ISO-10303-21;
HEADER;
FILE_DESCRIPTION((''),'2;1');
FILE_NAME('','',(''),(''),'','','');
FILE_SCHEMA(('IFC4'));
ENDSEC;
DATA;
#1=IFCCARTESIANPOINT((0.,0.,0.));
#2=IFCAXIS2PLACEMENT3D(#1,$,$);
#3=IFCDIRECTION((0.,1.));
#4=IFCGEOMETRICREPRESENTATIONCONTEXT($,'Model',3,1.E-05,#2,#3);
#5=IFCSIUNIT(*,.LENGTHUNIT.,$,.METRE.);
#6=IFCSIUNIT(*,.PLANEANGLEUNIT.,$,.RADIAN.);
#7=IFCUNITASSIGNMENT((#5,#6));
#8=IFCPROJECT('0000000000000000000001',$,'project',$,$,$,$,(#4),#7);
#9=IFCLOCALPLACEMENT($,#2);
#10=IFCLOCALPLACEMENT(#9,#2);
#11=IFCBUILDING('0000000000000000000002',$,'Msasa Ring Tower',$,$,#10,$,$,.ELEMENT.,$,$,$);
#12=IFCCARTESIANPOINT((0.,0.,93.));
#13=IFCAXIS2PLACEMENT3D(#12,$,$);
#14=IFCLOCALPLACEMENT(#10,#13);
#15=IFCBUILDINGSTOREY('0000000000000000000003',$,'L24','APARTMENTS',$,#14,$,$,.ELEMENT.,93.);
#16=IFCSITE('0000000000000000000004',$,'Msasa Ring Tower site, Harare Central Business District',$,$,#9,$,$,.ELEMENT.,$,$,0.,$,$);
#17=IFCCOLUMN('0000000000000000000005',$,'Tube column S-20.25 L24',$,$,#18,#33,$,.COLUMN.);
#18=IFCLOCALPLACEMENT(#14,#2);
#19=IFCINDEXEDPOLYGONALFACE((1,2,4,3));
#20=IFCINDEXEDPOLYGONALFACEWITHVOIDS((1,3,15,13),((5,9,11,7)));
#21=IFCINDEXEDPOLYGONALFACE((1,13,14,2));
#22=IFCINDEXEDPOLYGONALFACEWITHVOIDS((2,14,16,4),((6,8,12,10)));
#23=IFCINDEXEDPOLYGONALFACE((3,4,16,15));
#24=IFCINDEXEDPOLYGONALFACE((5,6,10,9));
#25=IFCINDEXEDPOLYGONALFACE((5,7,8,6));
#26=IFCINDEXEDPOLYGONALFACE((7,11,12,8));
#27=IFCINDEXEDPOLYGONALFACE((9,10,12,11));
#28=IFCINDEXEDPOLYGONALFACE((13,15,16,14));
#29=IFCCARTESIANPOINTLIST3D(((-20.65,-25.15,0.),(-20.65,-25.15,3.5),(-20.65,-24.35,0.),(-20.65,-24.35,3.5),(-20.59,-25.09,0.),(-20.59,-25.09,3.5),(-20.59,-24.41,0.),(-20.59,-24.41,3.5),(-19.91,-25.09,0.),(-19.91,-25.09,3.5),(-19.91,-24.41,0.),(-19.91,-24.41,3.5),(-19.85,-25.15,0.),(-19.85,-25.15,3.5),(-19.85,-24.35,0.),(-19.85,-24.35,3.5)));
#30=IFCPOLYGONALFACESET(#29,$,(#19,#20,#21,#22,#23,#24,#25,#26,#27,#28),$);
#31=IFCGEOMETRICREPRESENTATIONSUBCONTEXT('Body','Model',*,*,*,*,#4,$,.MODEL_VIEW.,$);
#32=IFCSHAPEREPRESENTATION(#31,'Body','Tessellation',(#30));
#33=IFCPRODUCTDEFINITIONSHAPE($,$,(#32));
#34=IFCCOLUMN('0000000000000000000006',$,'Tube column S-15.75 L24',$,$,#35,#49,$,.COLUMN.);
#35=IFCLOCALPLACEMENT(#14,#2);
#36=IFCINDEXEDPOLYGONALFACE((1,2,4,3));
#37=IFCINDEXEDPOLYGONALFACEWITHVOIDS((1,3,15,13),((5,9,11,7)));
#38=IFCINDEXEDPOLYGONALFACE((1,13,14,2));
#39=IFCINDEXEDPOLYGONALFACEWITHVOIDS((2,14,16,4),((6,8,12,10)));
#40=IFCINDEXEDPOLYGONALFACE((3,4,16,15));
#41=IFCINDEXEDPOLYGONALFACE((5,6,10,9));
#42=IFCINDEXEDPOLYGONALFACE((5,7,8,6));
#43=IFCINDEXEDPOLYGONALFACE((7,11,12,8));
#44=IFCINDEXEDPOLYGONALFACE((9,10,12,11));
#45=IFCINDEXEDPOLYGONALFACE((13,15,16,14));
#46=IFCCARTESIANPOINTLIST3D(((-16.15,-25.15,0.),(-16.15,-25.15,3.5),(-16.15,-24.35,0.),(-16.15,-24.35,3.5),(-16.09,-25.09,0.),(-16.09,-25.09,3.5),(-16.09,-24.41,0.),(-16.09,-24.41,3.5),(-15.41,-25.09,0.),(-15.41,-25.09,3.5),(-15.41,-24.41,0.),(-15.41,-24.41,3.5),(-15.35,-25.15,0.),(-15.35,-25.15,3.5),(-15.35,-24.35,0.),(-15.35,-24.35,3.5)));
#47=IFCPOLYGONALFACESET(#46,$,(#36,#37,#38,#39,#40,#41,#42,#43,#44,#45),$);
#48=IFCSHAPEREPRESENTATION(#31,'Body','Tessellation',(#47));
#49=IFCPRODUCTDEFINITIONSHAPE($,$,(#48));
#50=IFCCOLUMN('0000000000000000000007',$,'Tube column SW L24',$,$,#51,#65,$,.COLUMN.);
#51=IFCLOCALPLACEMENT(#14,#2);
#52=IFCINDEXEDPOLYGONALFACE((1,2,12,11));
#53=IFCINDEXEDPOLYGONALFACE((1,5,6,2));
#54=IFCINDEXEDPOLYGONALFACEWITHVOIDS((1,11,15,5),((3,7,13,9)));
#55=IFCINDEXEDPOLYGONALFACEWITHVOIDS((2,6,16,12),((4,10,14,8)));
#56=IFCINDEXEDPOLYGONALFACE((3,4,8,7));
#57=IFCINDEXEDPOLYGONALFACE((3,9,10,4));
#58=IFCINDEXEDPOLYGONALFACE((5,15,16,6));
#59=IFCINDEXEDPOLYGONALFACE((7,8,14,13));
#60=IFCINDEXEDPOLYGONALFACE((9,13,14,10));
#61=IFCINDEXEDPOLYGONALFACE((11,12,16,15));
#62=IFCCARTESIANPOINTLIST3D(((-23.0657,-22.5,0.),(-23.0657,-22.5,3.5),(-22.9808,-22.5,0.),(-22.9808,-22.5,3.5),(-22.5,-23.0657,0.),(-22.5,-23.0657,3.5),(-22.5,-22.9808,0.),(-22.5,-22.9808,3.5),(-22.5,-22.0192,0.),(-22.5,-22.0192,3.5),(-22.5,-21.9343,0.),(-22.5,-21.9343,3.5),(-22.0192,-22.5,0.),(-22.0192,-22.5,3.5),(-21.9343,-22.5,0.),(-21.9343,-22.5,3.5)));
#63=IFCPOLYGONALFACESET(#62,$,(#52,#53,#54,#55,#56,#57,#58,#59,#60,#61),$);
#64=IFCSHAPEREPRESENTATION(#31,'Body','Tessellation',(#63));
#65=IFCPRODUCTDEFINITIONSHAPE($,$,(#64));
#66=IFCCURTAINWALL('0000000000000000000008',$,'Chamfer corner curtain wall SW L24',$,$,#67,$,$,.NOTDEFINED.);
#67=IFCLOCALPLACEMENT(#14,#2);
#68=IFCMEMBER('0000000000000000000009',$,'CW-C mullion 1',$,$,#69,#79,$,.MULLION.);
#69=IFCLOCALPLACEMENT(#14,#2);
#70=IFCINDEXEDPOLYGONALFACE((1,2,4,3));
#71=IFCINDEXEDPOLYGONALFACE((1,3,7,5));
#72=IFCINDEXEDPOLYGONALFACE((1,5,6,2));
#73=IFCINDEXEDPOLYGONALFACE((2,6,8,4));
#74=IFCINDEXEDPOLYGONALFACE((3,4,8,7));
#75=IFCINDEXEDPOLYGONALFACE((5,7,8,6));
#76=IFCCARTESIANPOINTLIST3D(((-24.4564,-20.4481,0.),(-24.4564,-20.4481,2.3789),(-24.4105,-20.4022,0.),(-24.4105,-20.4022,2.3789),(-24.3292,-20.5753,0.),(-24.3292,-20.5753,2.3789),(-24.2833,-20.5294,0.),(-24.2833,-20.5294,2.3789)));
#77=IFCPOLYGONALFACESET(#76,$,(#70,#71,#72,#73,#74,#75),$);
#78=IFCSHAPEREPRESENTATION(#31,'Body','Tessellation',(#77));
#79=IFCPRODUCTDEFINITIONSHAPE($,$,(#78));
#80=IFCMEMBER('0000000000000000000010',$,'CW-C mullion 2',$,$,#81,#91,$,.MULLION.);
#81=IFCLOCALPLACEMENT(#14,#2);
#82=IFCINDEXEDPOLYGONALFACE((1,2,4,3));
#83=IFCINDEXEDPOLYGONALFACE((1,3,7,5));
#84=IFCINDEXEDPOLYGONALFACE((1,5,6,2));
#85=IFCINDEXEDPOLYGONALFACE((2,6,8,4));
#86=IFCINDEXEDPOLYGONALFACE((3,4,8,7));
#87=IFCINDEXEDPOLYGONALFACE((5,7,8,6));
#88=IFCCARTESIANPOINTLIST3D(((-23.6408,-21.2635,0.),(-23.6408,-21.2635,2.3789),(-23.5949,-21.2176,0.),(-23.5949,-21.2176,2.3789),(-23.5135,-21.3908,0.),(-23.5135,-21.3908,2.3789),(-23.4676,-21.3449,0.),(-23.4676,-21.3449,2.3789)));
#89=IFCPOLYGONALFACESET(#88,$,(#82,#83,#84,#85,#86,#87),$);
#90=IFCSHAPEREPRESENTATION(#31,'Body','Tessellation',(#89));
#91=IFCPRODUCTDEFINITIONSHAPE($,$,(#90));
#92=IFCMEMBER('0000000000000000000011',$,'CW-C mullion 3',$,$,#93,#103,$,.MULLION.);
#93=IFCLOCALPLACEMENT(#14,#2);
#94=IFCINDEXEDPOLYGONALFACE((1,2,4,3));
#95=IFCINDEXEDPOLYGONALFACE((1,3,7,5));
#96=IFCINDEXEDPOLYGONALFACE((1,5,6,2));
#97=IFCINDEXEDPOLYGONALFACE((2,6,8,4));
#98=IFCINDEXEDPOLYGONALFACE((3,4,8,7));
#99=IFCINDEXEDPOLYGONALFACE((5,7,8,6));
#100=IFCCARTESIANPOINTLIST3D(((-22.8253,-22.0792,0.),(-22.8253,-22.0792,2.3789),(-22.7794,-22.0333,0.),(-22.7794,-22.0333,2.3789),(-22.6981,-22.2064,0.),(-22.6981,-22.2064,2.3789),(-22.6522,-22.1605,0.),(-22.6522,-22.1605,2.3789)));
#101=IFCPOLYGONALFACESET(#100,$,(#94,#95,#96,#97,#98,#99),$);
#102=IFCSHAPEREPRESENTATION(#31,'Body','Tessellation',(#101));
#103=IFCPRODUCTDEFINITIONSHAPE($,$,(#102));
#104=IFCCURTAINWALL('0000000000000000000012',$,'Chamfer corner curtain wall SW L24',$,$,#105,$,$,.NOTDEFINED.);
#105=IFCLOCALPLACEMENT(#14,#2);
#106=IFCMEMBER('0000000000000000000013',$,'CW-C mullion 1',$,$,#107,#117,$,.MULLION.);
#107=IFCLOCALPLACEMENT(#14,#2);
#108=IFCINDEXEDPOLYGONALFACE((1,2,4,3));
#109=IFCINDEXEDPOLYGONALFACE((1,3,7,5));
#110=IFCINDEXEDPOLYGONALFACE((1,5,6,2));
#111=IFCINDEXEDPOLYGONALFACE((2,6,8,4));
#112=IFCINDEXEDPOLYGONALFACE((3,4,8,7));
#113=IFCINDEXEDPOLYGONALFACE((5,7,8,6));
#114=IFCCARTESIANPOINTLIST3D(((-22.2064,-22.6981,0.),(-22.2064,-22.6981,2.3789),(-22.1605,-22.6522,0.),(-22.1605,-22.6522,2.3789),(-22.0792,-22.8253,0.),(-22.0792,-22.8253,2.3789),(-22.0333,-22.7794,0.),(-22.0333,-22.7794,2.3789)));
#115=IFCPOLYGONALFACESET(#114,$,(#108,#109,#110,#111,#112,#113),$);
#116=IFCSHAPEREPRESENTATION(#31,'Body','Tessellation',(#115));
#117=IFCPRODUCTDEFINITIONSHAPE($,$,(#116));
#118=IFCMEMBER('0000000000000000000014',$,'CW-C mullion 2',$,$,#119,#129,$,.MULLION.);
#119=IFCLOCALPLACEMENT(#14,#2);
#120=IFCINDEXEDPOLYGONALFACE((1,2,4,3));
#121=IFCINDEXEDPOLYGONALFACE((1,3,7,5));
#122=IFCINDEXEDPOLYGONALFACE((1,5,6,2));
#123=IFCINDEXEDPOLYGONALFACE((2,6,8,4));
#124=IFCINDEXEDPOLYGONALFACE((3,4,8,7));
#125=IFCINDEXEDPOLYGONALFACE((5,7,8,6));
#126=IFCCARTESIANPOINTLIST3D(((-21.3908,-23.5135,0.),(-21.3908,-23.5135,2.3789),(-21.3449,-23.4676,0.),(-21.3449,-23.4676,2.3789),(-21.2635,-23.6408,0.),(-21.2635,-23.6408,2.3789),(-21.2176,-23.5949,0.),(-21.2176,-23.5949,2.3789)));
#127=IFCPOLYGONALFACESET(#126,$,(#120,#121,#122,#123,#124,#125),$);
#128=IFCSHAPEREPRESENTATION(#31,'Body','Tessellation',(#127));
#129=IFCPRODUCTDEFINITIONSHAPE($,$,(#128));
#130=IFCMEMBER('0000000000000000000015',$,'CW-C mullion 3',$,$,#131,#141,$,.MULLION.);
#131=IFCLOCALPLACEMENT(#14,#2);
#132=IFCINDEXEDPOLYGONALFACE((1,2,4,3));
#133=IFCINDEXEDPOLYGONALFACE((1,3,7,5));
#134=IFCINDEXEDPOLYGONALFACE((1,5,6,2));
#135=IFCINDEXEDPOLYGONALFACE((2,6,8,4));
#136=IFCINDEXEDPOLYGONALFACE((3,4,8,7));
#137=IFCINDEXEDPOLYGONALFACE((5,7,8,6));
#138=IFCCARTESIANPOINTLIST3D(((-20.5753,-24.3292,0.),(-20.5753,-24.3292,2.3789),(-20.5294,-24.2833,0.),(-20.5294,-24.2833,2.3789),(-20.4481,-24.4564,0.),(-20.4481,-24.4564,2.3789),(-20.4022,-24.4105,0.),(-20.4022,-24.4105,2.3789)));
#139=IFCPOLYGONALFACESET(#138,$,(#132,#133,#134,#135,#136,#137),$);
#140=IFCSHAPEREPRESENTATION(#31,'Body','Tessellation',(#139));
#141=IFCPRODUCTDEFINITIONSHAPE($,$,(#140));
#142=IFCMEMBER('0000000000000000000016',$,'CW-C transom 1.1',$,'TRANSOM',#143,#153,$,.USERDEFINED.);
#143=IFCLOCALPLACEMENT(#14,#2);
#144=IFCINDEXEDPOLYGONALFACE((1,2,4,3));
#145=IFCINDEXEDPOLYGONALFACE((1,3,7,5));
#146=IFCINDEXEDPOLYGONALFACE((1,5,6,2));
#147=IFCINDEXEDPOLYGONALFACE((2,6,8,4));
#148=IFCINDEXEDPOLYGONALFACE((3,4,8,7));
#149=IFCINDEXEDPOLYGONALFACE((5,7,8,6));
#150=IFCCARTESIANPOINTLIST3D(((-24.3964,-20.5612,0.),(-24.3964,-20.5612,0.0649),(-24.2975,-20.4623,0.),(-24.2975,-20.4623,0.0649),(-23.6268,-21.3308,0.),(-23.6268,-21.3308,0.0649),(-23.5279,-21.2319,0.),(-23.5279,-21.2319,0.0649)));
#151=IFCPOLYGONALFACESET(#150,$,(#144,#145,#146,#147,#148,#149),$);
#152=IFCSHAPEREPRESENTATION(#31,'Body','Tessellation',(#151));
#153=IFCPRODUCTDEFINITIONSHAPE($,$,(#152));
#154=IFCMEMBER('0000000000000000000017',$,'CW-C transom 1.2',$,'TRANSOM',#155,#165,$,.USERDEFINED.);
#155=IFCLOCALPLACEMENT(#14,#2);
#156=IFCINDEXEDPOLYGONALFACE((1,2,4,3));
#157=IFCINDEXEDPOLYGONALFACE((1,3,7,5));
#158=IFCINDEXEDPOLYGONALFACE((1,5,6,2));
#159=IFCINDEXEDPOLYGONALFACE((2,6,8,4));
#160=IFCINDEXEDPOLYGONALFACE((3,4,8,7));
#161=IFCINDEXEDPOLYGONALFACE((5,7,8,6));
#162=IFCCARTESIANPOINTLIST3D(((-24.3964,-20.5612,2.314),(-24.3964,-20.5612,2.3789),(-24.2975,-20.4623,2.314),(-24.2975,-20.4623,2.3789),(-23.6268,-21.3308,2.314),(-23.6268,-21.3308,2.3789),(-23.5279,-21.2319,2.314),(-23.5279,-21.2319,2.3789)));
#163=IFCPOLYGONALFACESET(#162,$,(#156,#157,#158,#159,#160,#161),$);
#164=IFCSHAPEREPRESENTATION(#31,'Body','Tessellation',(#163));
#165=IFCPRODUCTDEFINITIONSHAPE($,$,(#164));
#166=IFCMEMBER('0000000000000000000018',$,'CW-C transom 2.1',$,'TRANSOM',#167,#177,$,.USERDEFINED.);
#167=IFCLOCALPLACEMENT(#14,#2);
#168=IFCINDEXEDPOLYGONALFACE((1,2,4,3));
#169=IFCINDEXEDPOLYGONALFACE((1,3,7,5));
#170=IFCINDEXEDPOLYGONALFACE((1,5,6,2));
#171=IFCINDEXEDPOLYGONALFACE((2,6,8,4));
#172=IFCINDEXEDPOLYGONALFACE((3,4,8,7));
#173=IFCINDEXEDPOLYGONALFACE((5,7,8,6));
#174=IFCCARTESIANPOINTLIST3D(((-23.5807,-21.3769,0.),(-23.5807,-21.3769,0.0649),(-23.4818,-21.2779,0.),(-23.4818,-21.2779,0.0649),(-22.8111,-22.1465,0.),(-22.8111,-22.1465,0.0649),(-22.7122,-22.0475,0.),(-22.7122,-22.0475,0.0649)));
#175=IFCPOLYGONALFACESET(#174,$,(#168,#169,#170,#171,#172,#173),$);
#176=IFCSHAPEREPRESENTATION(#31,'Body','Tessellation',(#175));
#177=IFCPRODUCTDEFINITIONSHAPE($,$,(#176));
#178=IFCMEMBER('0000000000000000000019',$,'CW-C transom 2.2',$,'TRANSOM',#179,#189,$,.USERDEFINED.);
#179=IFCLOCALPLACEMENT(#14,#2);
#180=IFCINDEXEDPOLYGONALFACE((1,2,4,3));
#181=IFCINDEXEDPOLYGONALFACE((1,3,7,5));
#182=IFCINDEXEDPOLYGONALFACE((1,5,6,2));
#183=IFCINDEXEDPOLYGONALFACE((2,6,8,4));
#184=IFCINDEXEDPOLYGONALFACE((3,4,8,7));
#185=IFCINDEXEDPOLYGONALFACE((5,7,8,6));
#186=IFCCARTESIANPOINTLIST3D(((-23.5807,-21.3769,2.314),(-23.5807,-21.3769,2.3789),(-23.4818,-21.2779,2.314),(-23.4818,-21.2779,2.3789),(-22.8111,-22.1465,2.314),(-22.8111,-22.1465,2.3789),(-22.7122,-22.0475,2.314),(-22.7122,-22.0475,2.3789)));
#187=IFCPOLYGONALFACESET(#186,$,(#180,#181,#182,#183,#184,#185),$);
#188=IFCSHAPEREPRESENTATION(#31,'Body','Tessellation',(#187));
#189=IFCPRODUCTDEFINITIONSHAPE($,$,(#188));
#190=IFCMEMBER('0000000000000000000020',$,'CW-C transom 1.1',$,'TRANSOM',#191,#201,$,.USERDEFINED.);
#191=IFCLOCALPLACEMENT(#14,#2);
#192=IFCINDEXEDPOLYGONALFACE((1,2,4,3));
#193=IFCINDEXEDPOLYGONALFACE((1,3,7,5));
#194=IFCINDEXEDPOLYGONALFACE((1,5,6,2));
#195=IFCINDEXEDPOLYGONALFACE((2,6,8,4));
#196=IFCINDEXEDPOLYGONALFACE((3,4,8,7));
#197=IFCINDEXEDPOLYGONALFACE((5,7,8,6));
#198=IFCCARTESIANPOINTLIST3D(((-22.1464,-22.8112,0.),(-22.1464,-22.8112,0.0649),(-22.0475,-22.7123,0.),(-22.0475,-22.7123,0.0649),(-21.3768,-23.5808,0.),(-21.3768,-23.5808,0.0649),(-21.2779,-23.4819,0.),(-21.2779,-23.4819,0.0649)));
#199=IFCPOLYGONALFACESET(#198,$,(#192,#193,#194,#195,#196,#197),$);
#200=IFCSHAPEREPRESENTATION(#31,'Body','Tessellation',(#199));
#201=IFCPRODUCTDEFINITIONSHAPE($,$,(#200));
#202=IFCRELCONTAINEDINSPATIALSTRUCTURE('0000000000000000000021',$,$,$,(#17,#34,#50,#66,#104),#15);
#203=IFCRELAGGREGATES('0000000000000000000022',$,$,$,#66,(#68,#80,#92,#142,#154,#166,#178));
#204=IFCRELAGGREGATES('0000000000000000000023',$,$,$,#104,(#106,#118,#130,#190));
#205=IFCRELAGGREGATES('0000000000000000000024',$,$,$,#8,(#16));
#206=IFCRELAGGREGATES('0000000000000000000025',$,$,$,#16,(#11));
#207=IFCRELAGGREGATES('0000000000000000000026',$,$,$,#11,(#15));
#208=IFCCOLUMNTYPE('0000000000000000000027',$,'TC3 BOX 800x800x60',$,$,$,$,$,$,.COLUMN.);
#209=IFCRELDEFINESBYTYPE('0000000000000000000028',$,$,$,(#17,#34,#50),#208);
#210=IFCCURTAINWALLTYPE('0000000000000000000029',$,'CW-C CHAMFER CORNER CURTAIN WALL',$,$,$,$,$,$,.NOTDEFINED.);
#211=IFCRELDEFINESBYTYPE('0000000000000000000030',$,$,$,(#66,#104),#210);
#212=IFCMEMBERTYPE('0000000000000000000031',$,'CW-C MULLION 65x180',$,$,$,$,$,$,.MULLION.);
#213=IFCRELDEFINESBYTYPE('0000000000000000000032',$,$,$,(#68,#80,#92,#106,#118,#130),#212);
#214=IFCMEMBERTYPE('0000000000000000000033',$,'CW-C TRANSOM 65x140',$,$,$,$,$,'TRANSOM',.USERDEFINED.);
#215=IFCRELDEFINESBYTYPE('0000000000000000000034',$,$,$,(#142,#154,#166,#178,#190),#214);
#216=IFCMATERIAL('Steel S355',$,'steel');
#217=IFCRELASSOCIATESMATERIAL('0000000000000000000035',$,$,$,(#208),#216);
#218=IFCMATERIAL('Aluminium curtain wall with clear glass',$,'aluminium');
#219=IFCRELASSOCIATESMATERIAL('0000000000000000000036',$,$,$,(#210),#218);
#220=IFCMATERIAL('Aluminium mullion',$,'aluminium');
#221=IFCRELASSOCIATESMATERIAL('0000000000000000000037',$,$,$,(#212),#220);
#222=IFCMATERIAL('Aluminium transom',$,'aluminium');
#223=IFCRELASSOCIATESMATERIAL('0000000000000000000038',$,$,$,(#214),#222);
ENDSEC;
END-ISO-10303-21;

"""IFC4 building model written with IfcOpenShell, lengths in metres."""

from ifc_helpers import new_model, si_unit, direction, frame, origin, origin_2d, place, context, subcontext, project, spatial, rectangle, hollow_rectangle, extrude, material, material_profile, profile_set, type_object, element, aggregate, save


model = new_model("IFC4")

# Units and contexts
model_context = context("Model", 3, precision=1e-05, world=origin(), true_north=direction((0.0, 1.0)))
body_context = subcontext(model_context, "Body", "Model", "MODEL_VIEW")
ifc_project = project(units=[si_unit("LENGTHUNIT", "METRE"), si_unit("PLANEANGLEUNIT", "RADIAN")], contexts=[model_context])

# Site, building, storey
site_placement = place(None, origin())
site = spatial("IfcSite", under=ifc_project, at=site_placement, Name="Msasa Ring Tower site, Harare Central Business District", CompositionType="ELEMENT", RefElevation=0.0)
building_placement = place(site_placement, origin())
building = spatial("IfcBuilding", under=site, at=building_placement, Name="Msasa Ring Tower", CompositionType="ELEMENT")
storey_placement = place(building_placement, frame((0.0, 0.0, 93.0)))
storey = spatial("IfcBuildingStorey", under=building, at=storey_placement, Name="L24", Description="APARTMENTS", CompositionType="ELEMENT", Elevation=93.0)

# Columns
ifc_material_1 = material(Name="Steel S355", Category="steel")
ifc_material_profile_1 = material_profile(ifc_material_1, hollow_rectangle(XDim=0.8, YDim=0.8, WallThickness=0.0601, at=origin_2d()), Name="BOX 800x800x60")
ifc_profile_set_1 = profile_set([ifc_material_profile_1], Name="Steel S355")
column_type = type_object("IfcColumnType", Name="TC3 BOX 800x800x60", PredefinedType="COLUMN", material=ifc_profile_set_1)
for number, where, z_axis, x_axis, name in (
    (1, (-20.25, -24.75, 0.0), (0.0, 0.0, 1.0), (0.0, 1.0, 0.0), "Tube column S-20.25 L24"),
    (2, (-15.75, -24.75, 0.0), (0.0, 0.0, 1.0), (0.0, 1.0, 0.0), "Tube column S-15.75 L24"),
    (3, (-22.5, -22.5, 0.0), (0.0, 0.0, 1.0), (0.707107, 0.707107, 0.0), "Tube column SW L24"),
):
    element("IfcColumn", number, at=place(storey_placement, frame(where, z_axis=z_axis, x_axis=x_axis)), inside=storey, type_object=column_type, Name=name, PredefinedType="COLUMN", context=body_context, shape_type="SweptSolid", body=[
        extrude(hollow_rectangle(XDim=0.8, YDim=0.8, WallThickness=0.0601, at=origin_2d()), origin(), (0.0, 0.0, 1.0), 3.5),
    ])

# Curtain walls, members
ifc_material_2 = material(Name="Aluminium curtain wall with clear glass", Category="aluminium")
curtain_wall_type = type_object("IfcCurtainWallType", Name="CW-C CHAMFER CORNER CURTAIN WALL", PredefinedType="NOTDEFINED", material=ifc_material_2)
curtain_wall_1_placement = place(storey_placement, origin())
curtain_wall_1 = element("IfcCurtainWall", 4, at=curtain_wall_1_placement, inside=storey, type_object=curtain_wall_type, Name="Chamfer corner curtain wall SW L24", PredefinedType="NOTDEFINED")
ifc_material_3 = material(Name="Aluminium mullion", Category="aluminium")
ifc_material_profile_2 = material_profile(ifc_material_3, rectangle(XDim=0.0649, YDim=0.1799, at=origin_2d()), Name="AL 65x180")
ifc_profile_set_2 = profile_set([ifc_material_profile_2], Name="Aluminium mullion")
member_type_1 = type_object("IfcMemberType", Name="CW-C MULLION 65x180", PredefinedType="MULLION", material=ifc_profile_set_2)
member_1_placement = place(storey_placement, frame((-24.3699, -20.4888, 0.0), z_axis=(0.0, 0.0, 1.0), x_axis=(0.707107, 0.707107, 0.0)))
member_1 = element("IfcMember", 5, at=member_1_placement, type_object=member_type_1, Name="CW-C mullion 1", PredefinedType="MULLION", context=body_context, shape_type="SweptSolid", body=[
    extrude(rectangle(XDim=0.0649, YDim=0.1799, at=origin_2d()), origin(), (0.0, 0.0, 1.0), 2.3789),
])
member_2_placement = place(storey_placement, frame((-23.5542, -21.3042, 0.0), z_axis=(0.0, 0.0, 1.0), x_axis=(0.707107, 0.707107, 0.0)))
member_2 = element("IfcMember", 6, at=member_2_placement, type_object=member_type_1, Name="CW-C mullion 2", PredefinedType="MULLION", context=body_context, shape_type="SweptSolid", body=[
    extrude(rectangle(XDim=0.0649, YDim=0.1799, at=origin_2d()), origin(), (0.0, 0.0, 1.0), 2.3789),
])
member_3_placement = place(storey_placement, frame((-22.7388, -22.1199, 0.0), z_axis=(0.0, 0.0, 1.0), x_axis=(0.707107, 0.707107, 0.0)))
member_3 = element("IfcMember", 7, at=member_3_placement, type_object=member_type_1, Name="CW-C mullion 3", PredefinedType="MULLION", context=body_context, shape_type="SweptSolid", body=[
    extrude(rectangle(XDim=0.0649, YDim=0.1799, at=origin_2d()), origin(), (0.0, 0.0, 1.0), 2.3789),
])
curtain_wall_2_placement = place(storey_placement, origin())
curtain_wall_2 = element("IfcCurtainWall", 8, at=curtain_wall_2_placement, inside=storey, type_object=curtain_wall_type, Name="Chamfer corner curtain wall SW L24", PredefinedType="NOTDEFINED")
member_4_placement = place(storey_placement, frame((-22.1199, -22.7388, 0.0), z_axis=(0.0, 0.0, 1.0), x_axis=(0.707107, 0.707107, 0.0)))
member_4 = element("IfcMember", 9, at=member_4_placement, type_object=member_type_1, Name="CW-C mullion 1", PredefinedType="MULLION", context=body_context, shape_type="SweptSolid", body=[
    extrude(rectangle(XDim=0.0649, YDim=0.1799, at=origin_2d()), origin(), (0.0, 0.0, 1.0), 2.3789),
])
member_5_placement = place(storey_placement, frame((-21.3042, -23.5542, 0.0), z_axis=(0.0, 0.0, 1.0), x_axis=(0.707107, 0.707107, 0.0)))
member_5 = element("IfcMember", 10, at=member_5_placement, type_object=member_type_1, Name="CW-C mullion 2", PredefinedType="MULLION", context=body_context, shape_type="SweptSolid", body=[
    extrude(rectangle(XDim=0.0649, YDim=0.1799, at=origin_2d()), origin(), (0.0, 0.0, 1.0), 2.3789),
])
member_6_placement = place(storey_placement, frame((-20.4888, -24.3699, 0.0), z_axis=(0.0, 0.0, 1.0), x_axis=(0.707107, 0.707107, 0.0)))
member_6 = element("IfcMember", 11, at=member_6_placement, type_object=member_type_1, Name="CW-C mullion 3", PredefinedType="MULLION", context=body_context, shape_type="SweptSolid", body=[
    extrude(rectangle(XDim=0.0649, YDim=0.1799, at=origin_2d()), origin(), (0.0, 0.0, 1.0), 2.3789),
])

# Members
ifc_material_4 = material(Name="Aluminium transom", Category="aluminium")
ifc_material_profile_3 = material_profile(ifc_material_4, rectangle(XDim=0.1399, YDim=0.0649, at=origin_2d()), Name="AL 65x140")
ifc_profile_set_3 = profile_set([ifc_material_profile_3], Name="Aluminium transom")
member_type_2 = type_object("IfcMemberType", Name="CW-C TRANSOM 65x140", ElementType="TRANSOM", PredefinedType="USERDEFINED", material=ifc_profile_set_3)
member_7_placement = place(storey_placement, frame((-24.3469, -20.5117, 0.0325), z_axis=(0.707107, -0.707107, 0.0), x_axis=(0.707107, 0.707107, 0.0)))
member_7 = element("IfcMember", 12, at=member_7_placement, type_object=member_type_2, Name="CW-C transom 1.1", ObjectType="TRANSOM", PredefinedType="USERDEFINED", context=body_context, shape_type="SweptSolid", body=[
    extrude(rectangle(XDim=0.1399, YDim=0.0649, at=origin_2d()), origin(), (0.0, 0.0, 1.0), 1.0884),
])
member_8_placement = place(storey_placement, frame((-24.3469, -20.5117, 2.3464), z_axis=(0.707107, -0.707107, 0.0), x_axis=(0.707107, 0.707107, 0.0)))
member_8 = element("IfcMember", 13, at=member_8_placement, type_object=member_type_2, Name="CW-C transom 1.2", ObjectType="TRANSOM", PredefinedType="USERDEFINED", context=body_context, shape_type="SweptSolid", body=[
    extrude(rectangle(XDim=0.1399, YDim=0.0649, at=origin_2d()), origin(), (0.0, 0.0, 1.0), 1.0884),
])
member_9_placement = place(storey_placement, frame((-23.5312, -21.3274, 0.0325), z_axis=(0.707107, -0.707107, 0.0), x_axis=(0.707107, 0.707107, 0.0)))
member_9 = element("IfcMember", 14, at=member_9_placement, type_object=member_type_2, Name="CW-C transom 2.1", ObjectType="TRANSOM", PredefinedType="USERDEFINED", context=body_context, shape_type="SweptSolid", body=[
    extrude(rectangle(XDim=0.1399, YDim=0.0649, at=origin_2d()), origin(), (0.0, 0.0, 1.0), 1.0884),
])
member_10_placement = place(storey_placement, frame((-23.5312, -21.3274, 2.3464), z_axis=(0.707107, -0.707107, 0.0), x_axis=(0.707107, 0.707107, 0.0)))
member_10 = element("IfcMember", 15, at=member_10_placement, type_object=member_type_2, Name="CW-C transom 2.2", ObjectType="TRANSOM", PredefinedType="USERDEFINED", context=body_context, shape_type="SweptSolid", body=[
    extrude(rectangle(XDim=0.1399, YDim=0.0649, at=origin_2d()), origin(), (0.0, 0.0, 1.0), 1.0884),
])
member_11_placement = place(storey_placement, frame((-22.0969, -22.7617, 0.0325), z_axis=(0.707107, -0.707107, 0.0), x_axis=(0.707107, 0.707107, 0.0)))
member_11 = element("IfcMember", 16, at=member_11_placement, type_object=member_type_2, Name="CW-C transom 1.1", ObjectType="TRANSOM", PredefinedType="USERDEFINED", context=body_context, shape_type="SweptSolid", body=[
    extrude(rectangle(XDim=0.1399, YDim=0.0649, at=origin_2d()), origin(), (0.0, 0.0, 1.0), 1.0884),
])

aggregate(curtain_wall_1, [member_1, member_2, member_3, member_7, member_8, member_9, member_10])
aggregate(curtain_wall_2, [member_4, member_5, member_6, member_11])

save(model, "model.ifc")
